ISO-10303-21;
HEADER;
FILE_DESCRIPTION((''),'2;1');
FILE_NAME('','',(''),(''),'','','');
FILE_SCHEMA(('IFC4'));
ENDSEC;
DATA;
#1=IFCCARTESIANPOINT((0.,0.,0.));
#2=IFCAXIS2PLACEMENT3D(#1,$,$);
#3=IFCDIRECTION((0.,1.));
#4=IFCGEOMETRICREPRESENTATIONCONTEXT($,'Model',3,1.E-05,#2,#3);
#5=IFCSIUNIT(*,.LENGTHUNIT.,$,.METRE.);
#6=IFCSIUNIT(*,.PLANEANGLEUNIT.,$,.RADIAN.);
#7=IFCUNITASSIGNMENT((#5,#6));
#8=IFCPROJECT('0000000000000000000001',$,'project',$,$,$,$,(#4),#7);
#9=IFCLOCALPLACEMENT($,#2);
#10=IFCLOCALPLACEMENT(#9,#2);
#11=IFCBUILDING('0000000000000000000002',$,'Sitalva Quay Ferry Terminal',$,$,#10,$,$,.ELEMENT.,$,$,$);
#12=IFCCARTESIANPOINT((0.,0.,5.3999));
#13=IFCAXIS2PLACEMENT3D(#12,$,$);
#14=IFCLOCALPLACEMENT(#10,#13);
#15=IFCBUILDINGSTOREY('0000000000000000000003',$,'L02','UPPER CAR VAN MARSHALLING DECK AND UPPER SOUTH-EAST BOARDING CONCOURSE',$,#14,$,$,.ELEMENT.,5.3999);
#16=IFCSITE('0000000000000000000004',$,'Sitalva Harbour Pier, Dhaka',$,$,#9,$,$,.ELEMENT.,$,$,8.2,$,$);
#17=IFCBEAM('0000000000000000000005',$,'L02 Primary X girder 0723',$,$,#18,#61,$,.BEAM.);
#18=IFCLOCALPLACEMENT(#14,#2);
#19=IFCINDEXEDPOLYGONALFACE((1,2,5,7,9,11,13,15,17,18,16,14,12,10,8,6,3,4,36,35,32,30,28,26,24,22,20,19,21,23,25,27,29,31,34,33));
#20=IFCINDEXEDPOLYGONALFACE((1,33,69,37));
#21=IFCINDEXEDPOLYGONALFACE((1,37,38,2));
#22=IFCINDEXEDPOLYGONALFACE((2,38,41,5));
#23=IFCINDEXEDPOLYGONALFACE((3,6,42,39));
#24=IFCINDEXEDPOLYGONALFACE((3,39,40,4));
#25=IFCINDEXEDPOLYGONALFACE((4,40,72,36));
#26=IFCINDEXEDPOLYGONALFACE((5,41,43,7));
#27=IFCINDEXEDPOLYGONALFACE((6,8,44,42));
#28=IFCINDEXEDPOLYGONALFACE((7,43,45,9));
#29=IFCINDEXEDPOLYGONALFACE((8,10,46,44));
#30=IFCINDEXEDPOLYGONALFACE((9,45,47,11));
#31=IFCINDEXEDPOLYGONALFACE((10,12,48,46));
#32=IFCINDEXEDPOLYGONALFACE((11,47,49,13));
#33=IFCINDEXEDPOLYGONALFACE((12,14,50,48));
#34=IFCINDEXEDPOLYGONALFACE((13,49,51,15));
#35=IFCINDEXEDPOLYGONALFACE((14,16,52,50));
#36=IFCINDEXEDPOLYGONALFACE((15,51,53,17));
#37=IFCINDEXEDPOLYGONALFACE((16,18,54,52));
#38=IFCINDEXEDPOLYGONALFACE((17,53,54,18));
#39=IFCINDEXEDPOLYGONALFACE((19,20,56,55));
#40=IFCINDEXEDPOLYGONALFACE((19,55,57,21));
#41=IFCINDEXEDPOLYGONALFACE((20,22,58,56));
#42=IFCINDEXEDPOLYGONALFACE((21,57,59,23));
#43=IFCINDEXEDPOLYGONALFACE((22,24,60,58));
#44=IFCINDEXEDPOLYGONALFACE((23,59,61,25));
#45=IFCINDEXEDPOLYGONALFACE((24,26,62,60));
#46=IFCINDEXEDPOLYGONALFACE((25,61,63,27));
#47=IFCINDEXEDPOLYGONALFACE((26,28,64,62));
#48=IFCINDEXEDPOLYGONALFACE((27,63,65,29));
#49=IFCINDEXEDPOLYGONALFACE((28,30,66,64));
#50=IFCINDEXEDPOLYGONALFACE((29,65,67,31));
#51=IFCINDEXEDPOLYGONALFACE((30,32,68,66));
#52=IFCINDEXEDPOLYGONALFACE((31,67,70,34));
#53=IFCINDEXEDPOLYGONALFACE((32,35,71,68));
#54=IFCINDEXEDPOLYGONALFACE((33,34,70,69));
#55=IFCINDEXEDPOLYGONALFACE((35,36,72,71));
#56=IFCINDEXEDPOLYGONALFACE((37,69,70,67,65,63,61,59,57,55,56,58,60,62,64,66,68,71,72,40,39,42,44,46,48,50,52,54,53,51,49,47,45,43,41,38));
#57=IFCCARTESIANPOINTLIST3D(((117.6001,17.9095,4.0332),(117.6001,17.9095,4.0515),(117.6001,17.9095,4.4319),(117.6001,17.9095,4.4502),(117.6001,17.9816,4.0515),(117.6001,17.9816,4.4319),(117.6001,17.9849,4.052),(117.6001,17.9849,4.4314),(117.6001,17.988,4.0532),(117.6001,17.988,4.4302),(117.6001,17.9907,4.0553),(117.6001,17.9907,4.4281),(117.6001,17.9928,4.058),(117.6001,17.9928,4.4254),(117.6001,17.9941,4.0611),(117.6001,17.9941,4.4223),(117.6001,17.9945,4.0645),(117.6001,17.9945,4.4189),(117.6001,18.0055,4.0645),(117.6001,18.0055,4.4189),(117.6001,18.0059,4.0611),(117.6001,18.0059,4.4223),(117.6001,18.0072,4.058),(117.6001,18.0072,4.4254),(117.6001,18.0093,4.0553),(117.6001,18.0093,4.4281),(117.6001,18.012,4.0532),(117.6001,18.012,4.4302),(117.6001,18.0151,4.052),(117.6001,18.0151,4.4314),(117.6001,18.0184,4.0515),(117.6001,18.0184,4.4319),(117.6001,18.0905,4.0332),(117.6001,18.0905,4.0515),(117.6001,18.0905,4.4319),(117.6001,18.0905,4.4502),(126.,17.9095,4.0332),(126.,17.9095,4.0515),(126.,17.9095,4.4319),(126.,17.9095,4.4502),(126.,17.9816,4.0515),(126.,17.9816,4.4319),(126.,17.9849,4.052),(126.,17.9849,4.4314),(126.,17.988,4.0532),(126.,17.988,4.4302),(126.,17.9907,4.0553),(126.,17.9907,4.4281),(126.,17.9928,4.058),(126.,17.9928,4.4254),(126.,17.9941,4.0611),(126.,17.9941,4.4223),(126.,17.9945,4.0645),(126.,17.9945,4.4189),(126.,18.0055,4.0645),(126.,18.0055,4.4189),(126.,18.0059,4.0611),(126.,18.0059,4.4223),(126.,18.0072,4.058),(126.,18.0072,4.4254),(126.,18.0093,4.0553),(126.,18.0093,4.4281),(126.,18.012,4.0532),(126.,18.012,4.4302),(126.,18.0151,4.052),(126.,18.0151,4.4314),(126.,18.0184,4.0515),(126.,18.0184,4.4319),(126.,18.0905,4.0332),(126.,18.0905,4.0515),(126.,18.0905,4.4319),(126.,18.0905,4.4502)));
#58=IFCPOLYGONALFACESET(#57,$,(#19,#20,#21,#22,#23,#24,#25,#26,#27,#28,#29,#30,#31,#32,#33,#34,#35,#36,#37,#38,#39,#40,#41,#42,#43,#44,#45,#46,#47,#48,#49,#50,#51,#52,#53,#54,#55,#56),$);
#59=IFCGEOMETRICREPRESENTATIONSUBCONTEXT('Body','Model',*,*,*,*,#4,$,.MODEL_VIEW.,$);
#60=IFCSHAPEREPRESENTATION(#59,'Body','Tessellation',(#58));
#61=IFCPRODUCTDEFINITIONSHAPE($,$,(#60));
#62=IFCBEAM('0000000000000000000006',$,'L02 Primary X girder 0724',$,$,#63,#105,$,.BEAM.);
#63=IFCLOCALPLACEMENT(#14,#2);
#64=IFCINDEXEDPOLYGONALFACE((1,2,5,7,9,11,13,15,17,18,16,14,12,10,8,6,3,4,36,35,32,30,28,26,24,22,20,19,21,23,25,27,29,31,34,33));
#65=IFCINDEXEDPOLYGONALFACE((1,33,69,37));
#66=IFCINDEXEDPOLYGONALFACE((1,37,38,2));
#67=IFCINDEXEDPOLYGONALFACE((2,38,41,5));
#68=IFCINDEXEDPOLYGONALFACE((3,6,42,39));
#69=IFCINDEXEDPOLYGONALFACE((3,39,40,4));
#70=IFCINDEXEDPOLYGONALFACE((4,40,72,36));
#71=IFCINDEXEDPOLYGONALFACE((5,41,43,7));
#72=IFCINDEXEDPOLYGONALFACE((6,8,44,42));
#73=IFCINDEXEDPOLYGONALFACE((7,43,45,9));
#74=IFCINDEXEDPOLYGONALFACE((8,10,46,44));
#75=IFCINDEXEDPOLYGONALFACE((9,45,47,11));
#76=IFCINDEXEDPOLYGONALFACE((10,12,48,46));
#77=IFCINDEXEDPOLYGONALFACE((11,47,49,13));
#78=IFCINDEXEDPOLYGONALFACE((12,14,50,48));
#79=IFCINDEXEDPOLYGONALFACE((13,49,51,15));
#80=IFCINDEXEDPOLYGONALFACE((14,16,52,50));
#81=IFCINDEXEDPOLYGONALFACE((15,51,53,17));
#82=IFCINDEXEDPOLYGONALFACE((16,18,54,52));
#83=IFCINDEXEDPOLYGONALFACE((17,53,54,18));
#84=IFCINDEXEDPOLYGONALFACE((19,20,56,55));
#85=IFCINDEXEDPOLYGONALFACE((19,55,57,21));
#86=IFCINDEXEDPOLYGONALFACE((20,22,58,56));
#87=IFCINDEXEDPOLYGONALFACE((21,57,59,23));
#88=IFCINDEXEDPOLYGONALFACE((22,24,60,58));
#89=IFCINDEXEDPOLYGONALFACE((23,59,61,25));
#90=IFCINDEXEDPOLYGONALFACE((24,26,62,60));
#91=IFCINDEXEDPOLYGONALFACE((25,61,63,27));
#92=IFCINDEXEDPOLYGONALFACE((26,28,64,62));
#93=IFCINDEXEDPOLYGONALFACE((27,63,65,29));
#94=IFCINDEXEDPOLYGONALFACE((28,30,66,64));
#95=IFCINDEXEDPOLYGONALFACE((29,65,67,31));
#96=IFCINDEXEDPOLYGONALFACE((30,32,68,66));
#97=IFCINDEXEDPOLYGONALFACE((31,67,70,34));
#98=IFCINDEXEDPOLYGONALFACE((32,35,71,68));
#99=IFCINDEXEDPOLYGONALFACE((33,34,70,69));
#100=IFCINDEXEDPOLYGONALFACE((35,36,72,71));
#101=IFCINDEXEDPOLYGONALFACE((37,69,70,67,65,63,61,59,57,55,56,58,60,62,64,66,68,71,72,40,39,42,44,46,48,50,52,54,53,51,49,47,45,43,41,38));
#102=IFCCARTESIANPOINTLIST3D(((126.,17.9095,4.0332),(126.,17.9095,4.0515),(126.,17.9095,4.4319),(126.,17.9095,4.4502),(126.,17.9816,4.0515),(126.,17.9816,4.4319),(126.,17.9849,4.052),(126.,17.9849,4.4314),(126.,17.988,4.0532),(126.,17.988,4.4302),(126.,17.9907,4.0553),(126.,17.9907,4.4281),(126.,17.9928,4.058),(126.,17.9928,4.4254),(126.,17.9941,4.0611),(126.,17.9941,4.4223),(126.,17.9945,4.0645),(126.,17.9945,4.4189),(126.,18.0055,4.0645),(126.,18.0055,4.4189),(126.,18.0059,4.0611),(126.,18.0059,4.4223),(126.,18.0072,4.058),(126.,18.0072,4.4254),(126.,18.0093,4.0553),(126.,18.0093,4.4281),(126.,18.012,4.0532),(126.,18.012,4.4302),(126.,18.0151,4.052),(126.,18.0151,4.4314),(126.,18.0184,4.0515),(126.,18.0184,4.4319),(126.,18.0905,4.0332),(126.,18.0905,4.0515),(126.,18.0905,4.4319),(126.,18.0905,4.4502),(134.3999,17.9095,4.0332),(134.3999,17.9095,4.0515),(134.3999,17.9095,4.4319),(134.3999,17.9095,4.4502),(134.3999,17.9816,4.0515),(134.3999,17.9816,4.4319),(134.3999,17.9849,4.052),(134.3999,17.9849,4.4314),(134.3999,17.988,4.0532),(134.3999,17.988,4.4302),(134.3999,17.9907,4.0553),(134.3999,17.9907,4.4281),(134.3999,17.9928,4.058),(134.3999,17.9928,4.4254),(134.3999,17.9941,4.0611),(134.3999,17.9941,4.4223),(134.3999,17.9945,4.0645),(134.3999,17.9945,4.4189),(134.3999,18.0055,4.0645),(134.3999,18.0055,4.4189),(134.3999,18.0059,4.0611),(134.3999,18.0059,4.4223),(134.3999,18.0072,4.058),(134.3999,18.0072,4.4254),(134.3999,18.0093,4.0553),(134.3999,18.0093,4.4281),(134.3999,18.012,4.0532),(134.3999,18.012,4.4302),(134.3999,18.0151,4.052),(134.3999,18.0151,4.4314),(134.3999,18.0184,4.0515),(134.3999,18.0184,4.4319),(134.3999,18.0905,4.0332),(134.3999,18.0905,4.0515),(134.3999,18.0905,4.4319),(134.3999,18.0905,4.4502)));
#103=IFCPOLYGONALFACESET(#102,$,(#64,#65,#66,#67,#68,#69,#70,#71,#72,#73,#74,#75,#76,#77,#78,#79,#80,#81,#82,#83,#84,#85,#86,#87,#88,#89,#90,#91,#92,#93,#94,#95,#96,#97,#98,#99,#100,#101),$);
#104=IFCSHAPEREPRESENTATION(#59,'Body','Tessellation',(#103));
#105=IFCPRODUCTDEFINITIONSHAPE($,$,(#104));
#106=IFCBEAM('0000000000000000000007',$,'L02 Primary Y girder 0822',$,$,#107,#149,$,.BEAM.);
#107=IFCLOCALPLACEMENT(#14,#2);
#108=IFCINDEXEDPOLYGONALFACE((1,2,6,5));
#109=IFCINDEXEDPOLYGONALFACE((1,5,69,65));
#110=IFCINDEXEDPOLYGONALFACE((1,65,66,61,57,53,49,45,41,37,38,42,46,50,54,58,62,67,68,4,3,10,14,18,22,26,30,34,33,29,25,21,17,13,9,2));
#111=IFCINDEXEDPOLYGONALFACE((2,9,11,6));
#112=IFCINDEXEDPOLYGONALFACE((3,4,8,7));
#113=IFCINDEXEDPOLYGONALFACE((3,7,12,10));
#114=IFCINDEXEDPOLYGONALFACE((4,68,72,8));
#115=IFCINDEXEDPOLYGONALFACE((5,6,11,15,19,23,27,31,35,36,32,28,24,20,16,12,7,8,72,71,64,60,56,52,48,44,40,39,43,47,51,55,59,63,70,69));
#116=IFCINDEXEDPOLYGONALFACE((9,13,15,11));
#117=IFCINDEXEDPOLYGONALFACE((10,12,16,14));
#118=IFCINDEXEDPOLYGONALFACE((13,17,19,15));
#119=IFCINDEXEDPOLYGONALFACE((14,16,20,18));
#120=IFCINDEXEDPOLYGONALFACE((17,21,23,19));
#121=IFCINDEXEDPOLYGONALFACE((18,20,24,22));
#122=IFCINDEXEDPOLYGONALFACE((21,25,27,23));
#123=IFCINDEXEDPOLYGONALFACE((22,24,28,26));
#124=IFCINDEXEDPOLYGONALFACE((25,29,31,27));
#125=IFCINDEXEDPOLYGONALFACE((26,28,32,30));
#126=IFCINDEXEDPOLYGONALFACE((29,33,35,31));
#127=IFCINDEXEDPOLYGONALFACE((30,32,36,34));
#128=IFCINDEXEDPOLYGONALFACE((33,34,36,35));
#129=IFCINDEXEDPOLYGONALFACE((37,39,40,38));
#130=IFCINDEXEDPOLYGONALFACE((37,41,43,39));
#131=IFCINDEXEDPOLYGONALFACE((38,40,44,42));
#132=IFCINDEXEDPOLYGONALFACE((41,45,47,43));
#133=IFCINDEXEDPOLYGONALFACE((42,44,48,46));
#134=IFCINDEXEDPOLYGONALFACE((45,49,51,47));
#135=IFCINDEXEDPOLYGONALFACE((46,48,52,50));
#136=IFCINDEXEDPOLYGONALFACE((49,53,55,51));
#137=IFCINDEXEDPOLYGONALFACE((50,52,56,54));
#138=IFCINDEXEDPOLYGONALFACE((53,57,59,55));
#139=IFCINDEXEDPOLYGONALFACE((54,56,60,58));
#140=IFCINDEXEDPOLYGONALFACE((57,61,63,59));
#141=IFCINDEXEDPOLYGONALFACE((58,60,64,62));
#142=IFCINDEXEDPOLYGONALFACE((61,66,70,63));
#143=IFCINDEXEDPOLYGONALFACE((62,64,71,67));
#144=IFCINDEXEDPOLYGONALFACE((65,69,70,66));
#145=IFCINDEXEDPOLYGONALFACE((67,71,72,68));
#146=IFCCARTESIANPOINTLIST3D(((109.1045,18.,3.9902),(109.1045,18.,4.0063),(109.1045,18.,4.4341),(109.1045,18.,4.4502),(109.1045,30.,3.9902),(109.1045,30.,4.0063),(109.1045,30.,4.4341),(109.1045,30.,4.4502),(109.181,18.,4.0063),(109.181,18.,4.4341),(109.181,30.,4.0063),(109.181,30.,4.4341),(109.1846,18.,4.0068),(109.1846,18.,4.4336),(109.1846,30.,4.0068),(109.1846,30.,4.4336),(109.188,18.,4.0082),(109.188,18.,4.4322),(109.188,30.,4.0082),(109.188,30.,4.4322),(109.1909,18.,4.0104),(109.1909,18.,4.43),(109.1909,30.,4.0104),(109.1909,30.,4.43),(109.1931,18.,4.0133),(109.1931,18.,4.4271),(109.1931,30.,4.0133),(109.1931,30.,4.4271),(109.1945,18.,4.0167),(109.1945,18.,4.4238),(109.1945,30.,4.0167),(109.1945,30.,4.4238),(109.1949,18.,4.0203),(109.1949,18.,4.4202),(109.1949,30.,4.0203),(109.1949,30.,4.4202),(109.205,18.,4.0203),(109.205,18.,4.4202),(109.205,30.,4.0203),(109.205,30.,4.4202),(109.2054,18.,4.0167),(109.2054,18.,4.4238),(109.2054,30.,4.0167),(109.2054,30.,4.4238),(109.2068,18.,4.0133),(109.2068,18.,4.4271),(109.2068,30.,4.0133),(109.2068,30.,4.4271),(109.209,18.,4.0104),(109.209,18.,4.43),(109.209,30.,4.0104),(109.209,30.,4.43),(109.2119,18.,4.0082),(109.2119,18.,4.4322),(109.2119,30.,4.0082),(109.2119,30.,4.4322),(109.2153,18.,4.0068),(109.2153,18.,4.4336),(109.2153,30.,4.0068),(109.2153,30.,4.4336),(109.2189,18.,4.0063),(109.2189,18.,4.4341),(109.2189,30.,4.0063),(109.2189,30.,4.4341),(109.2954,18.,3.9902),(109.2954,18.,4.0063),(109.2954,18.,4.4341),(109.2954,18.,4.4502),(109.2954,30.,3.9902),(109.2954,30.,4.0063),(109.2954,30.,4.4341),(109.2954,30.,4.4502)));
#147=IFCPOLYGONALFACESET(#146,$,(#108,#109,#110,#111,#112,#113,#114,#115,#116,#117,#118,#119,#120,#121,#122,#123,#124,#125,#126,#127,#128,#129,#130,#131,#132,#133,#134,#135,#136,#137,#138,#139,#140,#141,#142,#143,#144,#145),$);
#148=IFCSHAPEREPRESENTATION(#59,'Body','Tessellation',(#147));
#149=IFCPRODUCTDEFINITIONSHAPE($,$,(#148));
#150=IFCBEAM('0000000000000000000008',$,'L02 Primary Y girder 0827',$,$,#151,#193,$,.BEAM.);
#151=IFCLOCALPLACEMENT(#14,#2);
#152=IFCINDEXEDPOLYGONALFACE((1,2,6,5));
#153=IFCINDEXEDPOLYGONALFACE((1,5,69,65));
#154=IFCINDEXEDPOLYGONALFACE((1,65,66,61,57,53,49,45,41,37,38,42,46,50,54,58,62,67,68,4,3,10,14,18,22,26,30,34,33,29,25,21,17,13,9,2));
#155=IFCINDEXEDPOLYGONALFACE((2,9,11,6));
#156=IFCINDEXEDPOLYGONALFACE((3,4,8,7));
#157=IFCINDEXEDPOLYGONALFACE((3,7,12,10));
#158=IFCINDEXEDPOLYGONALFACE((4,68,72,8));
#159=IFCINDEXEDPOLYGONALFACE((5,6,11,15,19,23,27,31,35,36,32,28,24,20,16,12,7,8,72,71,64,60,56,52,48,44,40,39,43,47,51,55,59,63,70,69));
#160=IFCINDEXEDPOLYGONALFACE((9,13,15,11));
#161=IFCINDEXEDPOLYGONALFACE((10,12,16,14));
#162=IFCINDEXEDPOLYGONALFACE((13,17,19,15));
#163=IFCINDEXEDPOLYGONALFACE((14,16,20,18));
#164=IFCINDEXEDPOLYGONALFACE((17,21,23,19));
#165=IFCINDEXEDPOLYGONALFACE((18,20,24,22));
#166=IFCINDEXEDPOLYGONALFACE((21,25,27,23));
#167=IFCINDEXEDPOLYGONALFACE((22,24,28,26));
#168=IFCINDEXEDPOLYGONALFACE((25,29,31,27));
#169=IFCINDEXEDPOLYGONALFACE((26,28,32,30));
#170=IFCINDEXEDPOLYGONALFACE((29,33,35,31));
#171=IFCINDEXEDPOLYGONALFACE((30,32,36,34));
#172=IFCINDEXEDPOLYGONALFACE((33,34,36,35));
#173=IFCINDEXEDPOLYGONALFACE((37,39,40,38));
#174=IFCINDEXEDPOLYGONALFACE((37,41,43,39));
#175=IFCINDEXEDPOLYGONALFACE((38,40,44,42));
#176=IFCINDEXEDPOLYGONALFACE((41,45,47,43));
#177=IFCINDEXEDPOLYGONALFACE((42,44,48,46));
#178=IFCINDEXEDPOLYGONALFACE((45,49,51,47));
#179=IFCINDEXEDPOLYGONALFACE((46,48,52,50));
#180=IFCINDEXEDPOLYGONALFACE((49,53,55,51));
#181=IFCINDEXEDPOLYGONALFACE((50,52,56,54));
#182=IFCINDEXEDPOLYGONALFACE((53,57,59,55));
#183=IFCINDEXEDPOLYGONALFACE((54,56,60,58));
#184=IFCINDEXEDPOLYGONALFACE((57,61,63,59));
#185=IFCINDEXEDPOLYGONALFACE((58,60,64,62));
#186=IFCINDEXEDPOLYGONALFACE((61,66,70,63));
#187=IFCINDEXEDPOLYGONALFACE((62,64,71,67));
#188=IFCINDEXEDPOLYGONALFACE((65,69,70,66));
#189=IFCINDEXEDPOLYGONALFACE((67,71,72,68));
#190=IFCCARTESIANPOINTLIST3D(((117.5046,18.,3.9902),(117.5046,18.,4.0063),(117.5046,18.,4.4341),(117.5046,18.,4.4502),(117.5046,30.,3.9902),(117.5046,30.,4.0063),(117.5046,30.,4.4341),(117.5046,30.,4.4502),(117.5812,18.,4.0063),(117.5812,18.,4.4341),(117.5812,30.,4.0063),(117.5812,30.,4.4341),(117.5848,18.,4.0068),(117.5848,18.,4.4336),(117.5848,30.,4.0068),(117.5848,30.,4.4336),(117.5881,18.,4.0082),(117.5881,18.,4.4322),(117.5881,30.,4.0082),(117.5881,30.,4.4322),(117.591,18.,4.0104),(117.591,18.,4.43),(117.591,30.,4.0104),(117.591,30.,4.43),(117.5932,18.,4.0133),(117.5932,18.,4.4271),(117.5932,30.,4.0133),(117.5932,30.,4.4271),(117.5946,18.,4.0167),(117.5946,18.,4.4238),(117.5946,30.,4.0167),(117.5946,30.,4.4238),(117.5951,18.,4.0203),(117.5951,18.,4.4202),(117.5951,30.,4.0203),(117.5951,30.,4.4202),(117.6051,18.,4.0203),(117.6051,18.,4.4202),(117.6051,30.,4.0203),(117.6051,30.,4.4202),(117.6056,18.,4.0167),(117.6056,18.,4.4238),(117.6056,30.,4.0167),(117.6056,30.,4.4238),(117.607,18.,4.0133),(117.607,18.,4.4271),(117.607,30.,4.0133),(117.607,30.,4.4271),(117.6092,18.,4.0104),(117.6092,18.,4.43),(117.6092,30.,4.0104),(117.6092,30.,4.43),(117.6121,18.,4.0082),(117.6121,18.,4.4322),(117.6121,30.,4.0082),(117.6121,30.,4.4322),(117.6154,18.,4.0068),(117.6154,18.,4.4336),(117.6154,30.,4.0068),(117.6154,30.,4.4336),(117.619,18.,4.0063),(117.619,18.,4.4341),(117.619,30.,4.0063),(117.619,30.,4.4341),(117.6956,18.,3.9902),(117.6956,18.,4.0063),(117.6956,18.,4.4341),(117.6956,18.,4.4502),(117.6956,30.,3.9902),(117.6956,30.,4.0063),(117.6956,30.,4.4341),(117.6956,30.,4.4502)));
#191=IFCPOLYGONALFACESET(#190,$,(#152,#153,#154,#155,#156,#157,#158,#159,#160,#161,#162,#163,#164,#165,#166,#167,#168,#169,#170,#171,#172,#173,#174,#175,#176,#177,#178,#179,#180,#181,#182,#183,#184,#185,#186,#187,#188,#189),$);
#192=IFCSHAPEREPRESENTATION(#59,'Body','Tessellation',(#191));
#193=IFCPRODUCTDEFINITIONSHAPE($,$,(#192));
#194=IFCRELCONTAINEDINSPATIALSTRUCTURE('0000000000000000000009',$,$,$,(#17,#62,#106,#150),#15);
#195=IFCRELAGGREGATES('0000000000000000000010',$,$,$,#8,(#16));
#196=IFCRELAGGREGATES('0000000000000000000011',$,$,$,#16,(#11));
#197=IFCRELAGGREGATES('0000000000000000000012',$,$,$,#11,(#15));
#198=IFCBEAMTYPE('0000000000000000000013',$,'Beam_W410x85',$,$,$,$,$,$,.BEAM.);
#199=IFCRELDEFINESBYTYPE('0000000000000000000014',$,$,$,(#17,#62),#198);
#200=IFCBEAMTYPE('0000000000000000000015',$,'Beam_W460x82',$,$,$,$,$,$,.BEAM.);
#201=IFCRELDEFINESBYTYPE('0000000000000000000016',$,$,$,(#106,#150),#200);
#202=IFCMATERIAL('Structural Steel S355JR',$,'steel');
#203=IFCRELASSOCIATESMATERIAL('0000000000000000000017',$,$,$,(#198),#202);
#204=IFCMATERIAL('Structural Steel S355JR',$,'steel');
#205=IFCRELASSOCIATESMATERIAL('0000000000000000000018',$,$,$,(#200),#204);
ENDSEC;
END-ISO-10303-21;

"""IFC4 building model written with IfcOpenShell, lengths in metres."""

from ifc_helpers import new_model, si_unit, direction, frame, origin, origin_2d, place, context, subcontext, project, spatial, i_section, extrude, material, material_profile, profile_set, type_object, element, save


model = new_model("IFC4")

# Units and contexts
model_context = context("Model", 3, precision=1e-05, world=origin(), true_north=direction((0.0, 1.0)))
body_context = subcontext(model_context, "Body", "Model", "MODEL_VIEW")
ifc_project = project(units=[si_unit("LENGTHUNIT", "METRE"), si_unit("PLANEANGLEUNIT", "RADIAN")], contexts=[model_context])

# Site, building, storey
site_placement = place(None, origin())
site = spatial("IfcSite", under=ifc_project, at=site_placement, Name="Sitalva Harbour Pier, Dhaka", CompositionType="ELEMENT", RefElevation=8.2)
building_placement = place(site_placement, origin())
building = spatial("IfcBuilding", under=site, at=building_placement, Name="Sitalva Quay Ferry Terminal", CompositionType="ELEMENT")
storey_placement = place(building_placement, frame((0.0, 0.0, 5.3999)))
storey = spatial("IfcBuildingStorey", under=building, at=storey_placement, Name="L02", Description="UPPER CAR VAN MARSHALLING DECK AND UPPER SOUTH-EAST BOARDING CONCOURSE", CompositionType="ELEMENT", Elevation=5.3999)

# Beams
ifc_material_1 = material(Name="Structural Steel S355JR", Category="steel")
ifc_material_profile_1 = material_profile(ifc_material_1, i_section(OverallWidth=0.1809, OverallDepth=0.417, WebThickness=0.011, FlangeThickness=0.0183, FilletRadius=0.0129, at=origin_2d()), Name="W410x85")
ifc_profile_set_1 = profile_set([ifc_material_profile_1], Name="Structural Steel S355JR")
beam_type_1 = type_object("IfcBeamType", Name="Beam_W410x85", PredefinedType="BEAM", material=ifc_profile_set_1)
for number, where, z_axis, x_axis, name in (
    (1, (117.6001, 18.0, 4.2417), (1.0, 0.0, 0.0), (0.0, 1.0, 0.0), "L02 Primary X girder 0723"),
    (2, (126.0, 18.0, 4.2417), (1.0, 0.0, 0.0), (0.0, 1.0, 0.0), "L02 Primary X girder 0724"),
):
    element("IfcBeam", number, at=place(storey_placement, frame(where, z_axis=z_axis, x_axis=x_axis)), inside=storey, type_object=beam_type_1, Name=name, PredefinedType="BEAM", context=body_context, shape_type="SweptSolid", body=[
        extrude(i_section(OverallWidth=0.1809, OverallDepth=0.417, WebThickness=0.011, FlangeThickness=0.0183, FilletRadius=0.0129, at=origin_2d()), origin(), (0.0, 0.0, 1.0), 8.3999),
    ])
ifc_material_2 = material(Name="Structural Steel S355JR", Category="steel")
ifc_material_profile_2 = material_profile(ifc_material_2, i_section(OverallWidth=0.1909, OverallDepth=0.46, WebThickness=0.01, FlangeThickness=0.0161, FilletRadius=0.0139, at=origin_2d()), Name="W460x82")
ifc_profile_set_2 = profile_set([ifc_material_profile_2], Name="Structural Steel S355JR")
beam_type_2 = type_object("IfcBeamType", Name="Beam_W460x82", PredefinedType="BEAM", material=ifc_profile_set_2)
for number, where, z_axis, x_axis, name in (
    (3, (109.2, 18.0, 4.2202), (0.0, 1.0, 0.0), (-1.0, 0.0, 0.0), "L02 Primary Y girder 0822"),
    (4, (117.6001, 18.0, 4.2202), (0.0, 1.0, 0.0), (-1.0, 0.0, 0.0), "L02 Primary Y girder 0827"),
):
    element("IfcBeam", number, at=place(storey_placement, frame(where, z_axis=z_axis, x_axis=x_axis)), inside=storey, type_object=beam_type_2, Name=name, PredefinedType="BEAM", context=body_context, shape_type="SweptSolid", body=[
        extrude(i_section(OverallWidth=0.1909, OverallDepth=0.46, WebThickness=0.01, FlangeThickness=0.0161, FilletRadius=0.0139, at=origin_2d()), origin(), (0.0, 0.0, 1.0), 12.0),
    ])

save(model, "model.ifc")
